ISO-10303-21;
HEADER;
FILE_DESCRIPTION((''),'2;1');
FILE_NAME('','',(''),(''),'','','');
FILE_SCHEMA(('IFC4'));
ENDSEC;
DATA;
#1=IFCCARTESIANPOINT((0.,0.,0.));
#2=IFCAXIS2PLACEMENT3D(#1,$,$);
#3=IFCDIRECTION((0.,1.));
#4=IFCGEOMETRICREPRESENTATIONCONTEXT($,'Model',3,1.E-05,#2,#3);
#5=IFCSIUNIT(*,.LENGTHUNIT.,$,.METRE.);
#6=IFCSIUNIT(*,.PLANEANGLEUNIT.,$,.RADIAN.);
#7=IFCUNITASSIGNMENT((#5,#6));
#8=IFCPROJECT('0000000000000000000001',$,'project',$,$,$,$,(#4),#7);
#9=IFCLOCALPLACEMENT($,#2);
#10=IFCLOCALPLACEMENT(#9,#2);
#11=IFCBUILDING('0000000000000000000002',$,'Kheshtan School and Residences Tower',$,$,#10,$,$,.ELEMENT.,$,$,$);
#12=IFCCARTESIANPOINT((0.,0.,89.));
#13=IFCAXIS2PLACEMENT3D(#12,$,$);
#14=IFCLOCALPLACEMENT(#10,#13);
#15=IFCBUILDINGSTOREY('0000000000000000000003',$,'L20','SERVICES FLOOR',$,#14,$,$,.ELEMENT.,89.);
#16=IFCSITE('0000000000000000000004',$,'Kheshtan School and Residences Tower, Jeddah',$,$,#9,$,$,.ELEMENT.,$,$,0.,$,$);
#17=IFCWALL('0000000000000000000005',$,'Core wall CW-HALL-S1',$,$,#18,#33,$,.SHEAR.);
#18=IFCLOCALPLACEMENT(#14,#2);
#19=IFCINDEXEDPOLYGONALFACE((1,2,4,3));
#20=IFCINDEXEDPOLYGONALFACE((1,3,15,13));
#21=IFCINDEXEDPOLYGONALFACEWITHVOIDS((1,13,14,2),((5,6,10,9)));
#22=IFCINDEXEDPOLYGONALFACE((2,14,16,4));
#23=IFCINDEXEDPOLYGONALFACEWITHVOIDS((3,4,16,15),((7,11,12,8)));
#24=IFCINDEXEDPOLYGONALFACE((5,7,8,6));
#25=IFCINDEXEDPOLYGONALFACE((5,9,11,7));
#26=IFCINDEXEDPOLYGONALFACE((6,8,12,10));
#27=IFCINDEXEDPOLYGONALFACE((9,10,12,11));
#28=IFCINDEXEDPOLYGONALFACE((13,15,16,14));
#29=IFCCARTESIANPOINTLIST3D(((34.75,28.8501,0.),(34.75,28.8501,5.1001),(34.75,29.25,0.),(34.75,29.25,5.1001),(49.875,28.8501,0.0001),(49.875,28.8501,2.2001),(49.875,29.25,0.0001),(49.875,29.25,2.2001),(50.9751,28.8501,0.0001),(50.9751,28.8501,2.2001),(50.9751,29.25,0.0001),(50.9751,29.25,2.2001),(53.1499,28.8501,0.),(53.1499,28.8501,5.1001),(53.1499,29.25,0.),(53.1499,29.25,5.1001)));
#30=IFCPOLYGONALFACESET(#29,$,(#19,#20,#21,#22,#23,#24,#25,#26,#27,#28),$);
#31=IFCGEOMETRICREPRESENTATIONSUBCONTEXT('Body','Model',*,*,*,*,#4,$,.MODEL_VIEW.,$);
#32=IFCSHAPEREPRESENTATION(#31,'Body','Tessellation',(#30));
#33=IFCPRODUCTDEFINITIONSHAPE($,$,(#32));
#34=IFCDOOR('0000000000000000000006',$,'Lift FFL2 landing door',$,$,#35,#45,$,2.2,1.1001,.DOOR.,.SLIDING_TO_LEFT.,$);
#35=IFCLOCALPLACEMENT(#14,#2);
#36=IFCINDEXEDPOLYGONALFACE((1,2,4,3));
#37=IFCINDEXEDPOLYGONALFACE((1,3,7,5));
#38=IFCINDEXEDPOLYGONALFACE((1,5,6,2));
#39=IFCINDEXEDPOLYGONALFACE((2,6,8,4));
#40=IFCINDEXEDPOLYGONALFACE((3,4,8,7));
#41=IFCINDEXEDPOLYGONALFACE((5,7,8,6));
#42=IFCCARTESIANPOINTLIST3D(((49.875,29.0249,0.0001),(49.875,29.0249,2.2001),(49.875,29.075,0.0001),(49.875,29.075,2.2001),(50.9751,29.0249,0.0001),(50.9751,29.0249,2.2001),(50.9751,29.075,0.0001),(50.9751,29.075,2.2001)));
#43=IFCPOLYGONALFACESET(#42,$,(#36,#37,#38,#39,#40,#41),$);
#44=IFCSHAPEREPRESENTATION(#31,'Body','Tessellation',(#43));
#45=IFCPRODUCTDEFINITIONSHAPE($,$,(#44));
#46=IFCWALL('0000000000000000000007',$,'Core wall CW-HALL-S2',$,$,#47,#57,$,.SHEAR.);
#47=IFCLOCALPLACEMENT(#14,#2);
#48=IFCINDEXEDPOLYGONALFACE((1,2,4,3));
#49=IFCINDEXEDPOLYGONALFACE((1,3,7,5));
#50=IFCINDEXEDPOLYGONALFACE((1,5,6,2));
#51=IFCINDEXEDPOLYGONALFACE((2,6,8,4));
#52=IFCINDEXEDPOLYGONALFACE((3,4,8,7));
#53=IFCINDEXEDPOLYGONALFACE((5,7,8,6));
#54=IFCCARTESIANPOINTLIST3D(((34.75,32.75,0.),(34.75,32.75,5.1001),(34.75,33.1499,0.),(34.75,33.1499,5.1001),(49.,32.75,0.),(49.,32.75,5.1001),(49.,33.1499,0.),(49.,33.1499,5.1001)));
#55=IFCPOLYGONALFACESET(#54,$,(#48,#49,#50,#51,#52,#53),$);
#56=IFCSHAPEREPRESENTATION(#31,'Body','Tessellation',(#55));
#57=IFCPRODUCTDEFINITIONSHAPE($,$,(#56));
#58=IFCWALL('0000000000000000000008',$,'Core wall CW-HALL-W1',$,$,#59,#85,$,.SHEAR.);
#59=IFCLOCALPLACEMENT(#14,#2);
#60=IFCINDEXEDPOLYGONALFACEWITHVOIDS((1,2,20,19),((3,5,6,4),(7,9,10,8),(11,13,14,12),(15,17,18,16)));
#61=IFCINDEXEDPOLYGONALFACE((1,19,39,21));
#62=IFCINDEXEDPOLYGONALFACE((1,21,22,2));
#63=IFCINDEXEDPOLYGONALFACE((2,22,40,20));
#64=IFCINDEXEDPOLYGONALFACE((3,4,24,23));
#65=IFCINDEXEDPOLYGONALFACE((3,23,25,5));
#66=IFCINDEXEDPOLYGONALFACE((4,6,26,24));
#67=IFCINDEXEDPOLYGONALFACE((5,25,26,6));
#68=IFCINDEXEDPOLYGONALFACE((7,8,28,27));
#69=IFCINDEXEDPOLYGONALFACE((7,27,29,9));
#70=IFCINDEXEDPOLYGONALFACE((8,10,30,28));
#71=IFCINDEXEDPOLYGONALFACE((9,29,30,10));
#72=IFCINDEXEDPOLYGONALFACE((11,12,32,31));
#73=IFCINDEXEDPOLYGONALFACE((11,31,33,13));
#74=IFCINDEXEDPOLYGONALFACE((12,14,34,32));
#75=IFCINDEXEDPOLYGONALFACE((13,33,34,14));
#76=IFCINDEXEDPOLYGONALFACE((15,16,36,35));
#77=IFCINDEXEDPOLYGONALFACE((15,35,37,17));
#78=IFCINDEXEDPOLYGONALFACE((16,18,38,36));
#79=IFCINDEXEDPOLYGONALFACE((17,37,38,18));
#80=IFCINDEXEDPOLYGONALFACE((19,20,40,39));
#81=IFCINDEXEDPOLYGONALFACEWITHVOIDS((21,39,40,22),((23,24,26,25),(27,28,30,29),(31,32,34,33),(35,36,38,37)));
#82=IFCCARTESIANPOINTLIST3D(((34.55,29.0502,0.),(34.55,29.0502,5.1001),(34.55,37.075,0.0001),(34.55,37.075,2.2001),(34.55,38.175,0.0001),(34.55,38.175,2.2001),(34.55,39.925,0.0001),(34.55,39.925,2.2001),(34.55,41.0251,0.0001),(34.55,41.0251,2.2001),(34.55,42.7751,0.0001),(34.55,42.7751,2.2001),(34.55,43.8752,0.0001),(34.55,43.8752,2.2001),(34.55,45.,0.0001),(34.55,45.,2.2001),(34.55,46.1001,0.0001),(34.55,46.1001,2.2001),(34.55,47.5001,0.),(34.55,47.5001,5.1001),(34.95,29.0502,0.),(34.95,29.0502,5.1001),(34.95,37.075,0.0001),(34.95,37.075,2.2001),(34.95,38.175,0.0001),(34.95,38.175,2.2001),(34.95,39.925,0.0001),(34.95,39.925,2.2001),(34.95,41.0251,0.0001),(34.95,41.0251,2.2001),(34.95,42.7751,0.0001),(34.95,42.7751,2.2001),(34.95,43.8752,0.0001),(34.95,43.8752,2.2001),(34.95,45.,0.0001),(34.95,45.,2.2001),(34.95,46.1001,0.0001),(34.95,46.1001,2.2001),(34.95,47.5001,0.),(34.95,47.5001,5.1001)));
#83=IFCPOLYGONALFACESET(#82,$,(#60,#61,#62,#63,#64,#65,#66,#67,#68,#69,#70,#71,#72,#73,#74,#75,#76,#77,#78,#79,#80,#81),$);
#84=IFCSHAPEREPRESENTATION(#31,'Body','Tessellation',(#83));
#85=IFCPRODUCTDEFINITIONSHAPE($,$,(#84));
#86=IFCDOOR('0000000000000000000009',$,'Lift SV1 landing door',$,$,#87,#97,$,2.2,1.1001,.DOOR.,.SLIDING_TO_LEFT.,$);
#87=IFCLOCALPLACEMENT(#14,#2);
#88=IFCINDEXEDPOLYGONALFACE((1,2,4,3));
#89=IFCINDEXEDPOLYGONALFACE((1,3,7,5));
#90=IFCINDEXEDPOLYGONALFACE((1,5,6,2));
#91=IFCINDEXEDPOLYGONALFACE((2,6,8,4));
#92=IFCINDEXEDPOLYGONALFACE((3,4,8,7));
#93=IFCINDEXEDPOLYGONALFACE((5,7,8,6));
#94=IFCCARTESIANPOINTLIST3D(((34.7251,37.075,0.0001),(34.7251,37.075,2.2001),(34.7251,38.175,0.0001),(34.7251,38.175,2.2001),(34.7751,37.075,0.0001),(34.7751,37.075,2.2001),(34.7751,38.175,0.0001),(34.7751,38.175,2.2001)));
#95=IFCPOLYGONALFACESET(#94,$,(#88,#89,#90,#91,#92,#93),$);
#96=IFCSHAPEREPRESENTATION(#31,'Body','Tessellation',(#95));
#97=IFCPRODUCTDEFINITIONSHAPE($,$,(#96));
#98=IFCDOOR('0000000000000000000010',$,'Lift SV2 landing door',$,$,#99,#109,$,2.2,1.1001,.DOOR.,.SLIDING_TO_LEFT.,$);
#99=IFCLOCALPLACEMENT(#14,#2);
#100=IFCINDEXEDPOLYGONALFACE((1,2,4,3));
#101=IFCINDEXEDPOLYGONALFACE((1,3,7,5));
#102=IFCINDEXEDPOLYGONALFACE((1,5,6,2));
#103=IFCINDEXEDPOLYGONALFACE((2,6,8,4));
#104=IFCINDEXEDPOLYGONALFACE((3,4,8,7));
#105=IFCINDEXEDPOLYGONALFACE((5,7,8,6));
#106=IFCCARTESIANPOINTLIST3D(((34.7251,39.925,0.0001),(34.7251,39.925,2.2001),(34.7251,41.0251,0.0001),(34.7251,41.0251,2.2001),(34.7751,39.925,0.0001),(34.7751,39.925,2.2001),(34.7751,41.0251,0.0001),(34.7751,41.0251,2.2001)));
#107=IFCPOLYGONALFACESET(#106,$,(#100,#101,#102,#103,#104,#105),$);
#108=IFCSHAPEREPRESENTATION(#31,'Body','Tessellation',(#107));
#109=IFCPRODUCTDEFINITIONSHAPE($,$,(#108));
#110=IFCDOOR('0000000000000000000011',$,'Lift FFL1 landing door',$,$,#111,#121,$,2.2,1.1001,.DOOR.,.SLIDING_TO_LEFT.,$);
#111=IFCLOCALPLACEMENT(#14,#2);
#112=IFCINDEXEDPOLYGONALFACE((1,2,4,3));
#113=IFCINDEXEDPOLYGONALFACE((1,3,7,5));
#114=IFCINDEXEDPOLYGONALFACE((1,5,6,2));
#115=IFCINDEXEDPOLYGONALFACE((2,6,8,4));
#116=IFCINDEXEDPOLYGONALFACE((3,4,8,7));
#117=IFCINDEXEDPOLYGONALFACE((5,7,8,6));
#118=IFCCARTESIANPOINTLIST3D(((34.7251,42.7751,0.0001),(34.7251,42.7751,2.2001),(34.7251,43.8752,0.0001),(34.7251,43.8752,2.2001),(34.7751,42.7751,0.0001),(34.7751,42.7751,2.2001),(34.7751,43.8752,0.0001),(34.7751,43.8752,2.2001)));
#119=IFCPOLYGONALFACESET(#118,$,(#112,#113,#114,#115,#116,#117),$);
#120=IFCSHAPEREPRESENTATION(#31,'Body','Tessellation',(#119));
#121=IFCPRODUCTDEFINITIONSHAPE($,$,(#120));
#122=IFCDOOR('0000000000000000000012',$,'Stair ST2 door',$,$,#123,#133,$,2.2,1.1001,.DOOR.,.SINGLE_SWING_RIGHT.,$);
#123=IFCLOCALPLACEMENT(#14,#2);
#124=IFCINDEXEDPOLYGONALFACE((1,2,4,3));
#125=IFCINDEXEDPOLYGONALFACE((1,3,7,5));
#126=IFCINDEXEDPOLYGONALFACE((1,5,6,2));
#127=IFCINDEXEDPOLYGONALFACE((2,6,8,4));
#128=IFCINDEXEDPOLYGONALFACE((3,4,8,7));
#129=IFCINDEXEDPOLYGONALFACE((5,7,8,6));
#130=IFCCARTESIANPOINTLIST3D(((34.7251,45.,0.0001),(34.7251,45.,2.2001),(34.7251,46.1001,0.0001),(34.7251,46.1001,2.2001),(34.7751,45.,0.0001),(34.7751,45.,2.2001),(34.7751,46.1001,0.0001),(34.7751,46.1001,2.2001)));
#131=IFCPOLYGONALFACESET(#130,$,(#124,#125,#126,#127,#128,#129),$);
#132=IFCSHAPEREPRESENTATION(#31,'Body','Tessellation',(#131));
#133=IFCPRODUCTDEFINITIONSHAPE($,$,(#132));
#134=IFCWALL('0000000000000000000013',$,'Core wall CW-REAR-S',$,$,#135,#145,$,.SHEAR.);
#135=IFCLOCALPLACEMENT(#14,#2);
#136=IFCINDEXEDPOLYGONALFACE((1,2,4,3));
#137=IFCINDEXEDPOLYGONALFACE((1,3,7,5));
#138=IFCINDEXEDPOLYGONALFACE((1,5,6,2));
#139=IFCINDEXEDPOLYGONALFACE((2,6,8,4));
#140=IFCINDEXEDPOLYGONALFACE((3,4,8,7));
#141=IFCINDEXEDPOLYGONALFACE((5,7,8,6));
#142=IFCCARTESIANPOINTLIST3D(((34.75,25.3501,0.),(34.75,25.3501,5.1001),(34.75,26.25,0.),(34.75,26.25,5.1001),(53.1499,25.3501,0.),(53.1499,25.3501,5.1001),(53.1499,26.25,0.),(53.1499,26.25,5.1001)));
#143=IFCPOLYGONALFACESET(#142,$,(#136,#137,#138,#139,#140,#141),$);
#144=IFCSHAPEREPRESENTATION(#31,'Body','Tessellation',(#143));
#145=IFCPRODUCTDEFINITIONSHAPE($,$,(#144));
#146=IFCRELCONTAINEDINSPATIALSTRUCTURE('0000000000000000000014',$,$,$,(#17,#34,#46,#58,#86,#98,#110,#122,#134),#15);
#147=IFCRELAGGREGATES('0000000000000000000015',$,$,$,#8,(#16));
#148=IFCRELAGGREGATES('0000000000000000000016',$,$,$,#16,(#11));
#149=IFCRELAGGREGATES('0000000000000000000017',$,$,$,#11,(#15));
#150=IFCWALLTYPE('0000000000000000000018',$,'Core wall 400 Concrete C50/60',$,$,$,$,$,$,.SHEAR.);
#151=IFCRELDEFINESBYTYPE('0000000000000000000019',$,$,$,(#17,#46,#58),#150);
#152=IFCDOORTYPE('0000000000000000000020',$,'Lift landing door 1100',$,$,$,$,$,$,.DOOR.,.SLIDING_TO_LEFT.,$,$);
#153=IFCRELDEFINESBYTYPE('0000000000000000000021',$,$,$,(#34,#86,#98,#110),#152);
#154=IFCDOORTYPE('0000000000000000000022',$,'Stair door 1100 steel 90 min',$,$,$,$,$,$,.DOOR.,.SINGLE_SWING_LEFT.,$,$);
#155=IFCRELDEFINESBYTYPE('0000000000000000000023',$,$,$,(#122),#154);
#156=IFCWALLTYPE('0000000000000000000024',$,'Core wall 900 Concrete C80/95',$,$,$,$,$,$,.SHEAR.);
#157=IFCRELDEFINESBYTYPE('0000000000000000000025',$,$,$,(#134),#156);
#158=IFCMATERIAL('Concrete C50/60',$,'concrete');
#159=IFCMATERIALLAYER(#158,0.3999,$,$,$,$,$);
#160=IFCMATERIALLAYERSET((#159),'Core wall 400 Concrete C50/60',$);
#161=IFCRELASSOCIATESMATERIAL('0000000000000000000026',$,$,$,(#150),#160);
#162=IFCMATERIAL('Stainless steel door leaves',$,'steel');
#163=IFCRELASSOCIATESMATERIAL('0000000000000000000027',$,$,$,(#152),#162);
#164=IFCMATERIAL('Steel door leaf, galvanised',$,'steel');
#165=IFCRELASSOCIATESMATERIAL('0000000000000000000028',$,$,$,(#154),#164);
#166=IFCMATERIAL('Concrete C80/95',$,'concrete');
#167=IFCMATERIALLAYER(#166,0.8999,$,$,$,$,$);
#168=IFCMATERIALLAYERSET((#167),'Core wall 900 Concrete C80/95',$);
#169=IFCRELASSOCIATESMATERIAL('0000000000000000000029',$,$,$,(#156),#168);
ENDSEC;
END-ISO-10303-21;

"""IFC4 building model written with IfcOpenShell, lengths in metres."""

from ifc_helpers import new_model, si_unit, direction, frame, frame_2d, origin, place, context, subcontext, project, spatial, rectangle, extrude, source, transform, mapped, material, layer, layer_set, type_object, element, fill, save


model = new_model("IFC4")

# Units and contexts
model_context = context("Model", 3, precision=1e-05, world=origin(), true_north=direction((0.0, 1.0)))
body_context = subcontext(model_context, "Body", "Model", "MODEL_VIEW")
ifc_project = project(units=[si_unit("LENGTHUNIT", "METRE"), si_unit("PLANEANGLEUNIT", "RADIAN")], contexts=[model_context])

# Site, building, storey
site_placement = place(None, origin())
site = spatial("IfcSite", under=ifc_project, at=site_placement, Name="Kheshtan School and Residences Tower, Jeddah", CompositionType="ELEMENT", RefElevation=0.0)
building_placement = place(site_placement, origin())
building = spatial("IfcBuilding", under=site, at=building_placement, Name="Kheshtan School and Residences Tower", CompositionType="ELEMENT")
storey_placement = place(building_placement, frame((0.0, 0.0, 89.0)))
storey = spatial("IfcBuildingStorey", under=building, at=storey_placement, Name="L20", Description="SERVICES FLOOR", CompositionType="ELEMENT", Elevation=89.0)

# Wall, opening, door
ifc_material_1 = material(Name="Concrete C50/60", Category="concrete")
ifc_layer_1 = layer(ifc_material_1, 0.3999)
ifc_layer_set_1 = layer_set([ifc_layer_1], Name="Core wall 400 Concrete C50/60")
wall_type_1 = type_object("IfcWallType", Name="Core wall 400 Concrete C50/60", PredefinedType="SHEAR", material=ifc_layer_set_1)
wall_1_placement = place(storey_placement, frame((34.75, 29.05, 0.0), z_axis=(0.0, 0.0, 1.0), x_axis=(1.0, 0.0, 0.0)))
wall_1 = element("IfcWall", 1, at=wall_1_placement, inside=storey, type_object=wall_type_1, Name="Core wall CW-HALL-S1", PredefinedType="SHEAR", context=body_context, shape_type="SweptSolid", body=[
    extrude(rectangle(XDim=18.3999, YDim=0.3999, at=frame_2d((9.2, 0.0))), origin(), (0.0, 0.0, 1.0), 5.1001),
])
opening_1_placement = place(wall_1_placement, frame((15.125, 0.0, 0.0)))
opening_1 = element("IfcOpeningElement", 2, at=opening_1_placement, cuts=wall_1, PredefinedType="OPENING", context=body_context, shape_type="SweptSolid", body=[
    extrude(rectangle(XDim=1.1001, YDim=2.2, at=frame_2d((0.55, 1.1001))), frame((0.0, 0.21, 0.0), z_axis=(0.0, -1.0, 0.0), x_axis=(1.0, 0.0, 0.0)), (0.0, 0.0, 1.0), 0.4199),
])
ifc_material_2 = material(Name="Stainless steel door leaves", Category="steel")
door_type_1 = type_object("IfcDoorType", Name="Lift landing door 1100", OperationType="SLIDING_TO_LEFT", PredefinedType="DOOR", material=ifc_material_2)
shared_shape_1 = source(origin(), body_context, "Body", "SweptSolid", [
    extrude(rectangle(XDim=1.1001, YDim=2.2, at=frame_2d((0.55, 1.1001))), frame((0.0, 0.0249, 0.0), z_axis=(0.0, -1.0, 0.0), x_axis=(1.0, 0.0, 0.0)), (0.0, 0.0, 1.0), 0.05),
])
door_1_placement = place(opening_1_placement, origin())
door_1 = element("IfcDoor", 3, at=door_1_placement, inside=storey, type_object=door_type_1, Name="Lift FFL2 landing door", OperationType="SLIDING_TO_LEFT", OverallHeight=2.2, OverallWidth=1.1001, PredefinedType="DOOR", context=body_context, shape_type="MappedRepresentation", body=[
    mapped(shared_shape_1, transform((0.0, 0.0, 0.0), x_axis=(1.0, 0.0, 0.0), y_axis=(0.0, 1.0, 0.0), z_axis=(0.0, 0.0, 1.0), scale=1.0)),
])
fill(opening_1, door_1)

# Wall
wall_2_placement = place(storey_placement, frame((34.75, 32.95, 0.0), z_axis=(0.0, 0.0, 1.0), x_axis=(1.0, 0.0, 0.0)))
element("IfcWall", 4, at=wall_2_placement, inside=storey, type_object=wall_type_1, Name="Core wall CW-HALL-S2", PredefinedType="SHEAR", context=body_context, shape_type="SweptSolid", body=[
    extrude(rectangle(XDim=14.25, YDim=0.3999, at=frame_2d((7.125, 0.0))), origin(), (0.0, 0.0, 1.0), 5.1001),
])

# Wall, openings, doors
wall_3_placement = place(storey_placement, frame((34.75, 29.05, 0.0), z_axis=(0.0, 0.0, 1.0), x_axis=(0.0, 1.0, 0.0)))
wall_3 = element("IfcWall", 5, at=wall_3_placement, inside=storey, type_object=wall_type_1, Name="Core wall CW-HALL-W1", PredefinedType="SHEAR", context=body_context, shape_type="SweptSolid", body=[
    extrude(rectangle(XDim=18.45, YDim=0.3999, at=frame_2d((9.2251, 0.0))), origin(), (0.0, 0.0, 1.0), 5.1001),
])
opening_2_placement = place(wall_3_placement, frame((8.0249, 0.0, 0.0)))
opening_2 = element("IfcOpeningElement", 6, at=opening_2_placement, cuts=wall_3, PredefinedType="OPENING", context=body_context, shape_type="SweptSolid", body=[
    extrude(rectangle(XDim=1.1001, YDim=2.2, at=frame_2d((0.55, 1.1001))), frame((0.0, 0.21, 0.0), z_axis=(0.0, -1.0, 0.0), x_axis=(1.0, 0.0, 0.0)), (0.0, 0.0, 1.0), 0.4199),
])
opening_3_placement = place(wall_3_placement, frame((10.875, 0.0, 0.0)))
opening_3 = element("IfcOpeningElement", 7, at=opening_3_placement, cuts=wall_3, PredefinedType="OPENING", context=body_context, shape_type="SweptSolid", body=[
    extrude(rectangle(XDim=1.1001, YDim=2.2, at=frame_2d((0.55, 1.1001))), frame((0.0, 0.21, 0.0), z_axis=(0.0, -1.0, 0.0), x_axis=(1.0, 0.0, 0.0)), (0.0, 0.0, 1.0), 0.4199),
])
opening_4_placement = place(wall_3_placement, frame((13.7251, 0.0, 0.0)))
opening_4 = element("IfcOpeningElement", 8, at=opening_4_placement, cuts=wall_3, PredefinedType="OPENING", context=body_context, shape_type="SweptSolid", body=[
    extrude(rectangle(XDim=1.1001, YDim=2.2, at=frame_2d((0.55, 1.1001))), frame((0.0, 0.21, 0.0), z_axis=(0.0, -1.0, 0.0), x_axis=(1.0, 0.0, 0.0)), (0.0, 0.0, 1.0), 0.4199),
])
opening_5_placement = place(wall_3_placement, frame((15.95, 0.0, 0.0)))
opening_5 = element("IfcOpeningElement", 9, at=opening_5_placement, cuts=wall_3, PredefinedType="OPENING", context=body_context, shape_type="SweptSolid", body=[
    extrude(rectangle(XDim=1.1001, YDim=2.2, at=frame_2d((0.55, 1.1001))), frame((0.0, 0.21, 0.0), z_axis=(0.0, -1.0, 0.0), x_axis=(1.0, 0.0, 0.0)), (0.0, 0.0, 1.0), 0.4199),
])
door_2_placement = place(opening_2_placement, origin())
door_2 = element("IfcDoor", 10, at=door_2_placement, inside=storey, type_object=door_type_1, Name="Lift SV1 landing door", OperationType="SLIDING_TO_LEFT", OverallHeight=2.2, OverallWidth=1.1001, PredefinedType="DOOR", context=body_context, shape_type="MappedRepresentation", body=[
    mapped(shared_shape_1, transform((0.0, 0.0, 0.0), x_axis=(1.0, 0.0, 0.0), y_axis=(0.0, 1.0, 0.0), z_axis=(0.0, 0.0, 1.0), scale=1.0)),
])
fill(opening_2, door_2)
door_3_placement = place(opening_3_placement, origin())
door_3 = element("IfcDoor", 11, at=door_3_placement, inside=storey, type_object=door_type_1, Name="Lift SV2 landing door", OperationType="SLIDING_TO_LEFT", OverallHeight=2.2, OverallWidth=1.1001, PredefinedType="DOOR", context=body_context, shape_type="MappedRepresentation", body=[
    mapped(shared_shape_1, transform((0.0, 0.0, 0.0), x_axis=(1.0, 0.0, 0.0), y_axis=(0.0, 1.0, 0.0), z_axis=(0.0, 0.0, 1.0), scale=1.0)),
])
fill(opening_3, door_3)
door_4_placement = place(opening_4_placement, origin())
door_4 = element("IfcDoor", 12, at=door_4_placement, inside=storey, type_object=door_type_1, Name="Lift FFL1 landing door", OperationType="SLIDING_TO_LEFT", OverallHeight=2.2, OverallWidth=1.1001, PredefinedType="DOOR", context=body_context, shape_type="MappedRepresentation", body=[
    mapped(shared_shape_1, transform((0.0, 0.0, 0.0), x_axis=(1.0, 0.0, 0.0), y_axis=(0.0, 1.0, 0.0), z_axis=(0.0, 0.0, 1.0), scale=1.0)),
])
fill(opening_4, door_4)
ifc_material_3 = material(Name="Steel door leaf, galvanised", Category="steel")
door_type_2 = type_object("IfcDoorType", Name="Stair door 1100 steel 90 min", OperationType="SINGLE_SWING_LEFT", PredefinedType="DOOR", material=ifc_material_3)
shared_shape_2 = source(origin(), body_context, "Body", "SweptSolid", [
    extrude(rectangle(XDim=1.1001, YDim=2.2, at=frame_2d((0.55, 1.1001))), frame((0.0, 0.0249, 0.0), z_axis=(0.0, -1.0, 0.0), x_axis=(1.0, 0.0, 0.0)), (0.0, 0.0, 1.0), 0.05),
])
door_5_placement = place(opening_5_placement, origin())
door_5 = element("IfcDoor", 13, at=door_5_placement, inside=storey, type_object=door_type_2, Name="Stair ST2 door", OperationType="SINGLE_SWING_RIGHT", OverallHeight=2.2, OverallWidth=1.1001, PredefinedType="DOOR", context=body_context, shape_type="MappedRepresentation", body=[
    mapped(shared_shape_2, transform((0.0, 0.0, 0.0), x_axis=(1.0, 0.0, 0.0), y_axis=(0.0, 1.0, 0.0), z_axis=(0.0, 0.0, 1.0), scale=1.0)),
])
fill(opening_5, door_5)

# Wall
ifc_material_4 = material(Name="Concrete C80/95", Category="concrete")
ifc_layer_2 = layer(ifc_material_4, 0.8999)
ifc_layer_set_2 = layer_set([ifc_layer_2], Name="Core wall 900 Concrete C80/95")
wall_type_2 = type_object("IfcWallType", Name="Core wall 900 Concrete C80/95", PredefinedType="SHEAR", material=ifc_layer_set_2)
wall_4_placement = place(storey_placement, frame((34.75, 25.8, 0.0), z_axis=(0.0, 0.0, 1.0), x_axis=(1.0, 0.0, 0.0)))
element("IfcWall", 14, at=wall_4_placement, inside=storey, type_object=wall_type_2, Name="Core wall CW-REAR-S", PredefinedType="SHEAR", context=body_context, shape_type="SweptSolid", body=[
    extrude(rectangle(XDim=18.3999, YDim=0.8999, at=frame_2d((9.2, 0.0))), origin(), (0.0, 0.0, 1.0), 5.1001),
])

save(model, "model.ifc")
